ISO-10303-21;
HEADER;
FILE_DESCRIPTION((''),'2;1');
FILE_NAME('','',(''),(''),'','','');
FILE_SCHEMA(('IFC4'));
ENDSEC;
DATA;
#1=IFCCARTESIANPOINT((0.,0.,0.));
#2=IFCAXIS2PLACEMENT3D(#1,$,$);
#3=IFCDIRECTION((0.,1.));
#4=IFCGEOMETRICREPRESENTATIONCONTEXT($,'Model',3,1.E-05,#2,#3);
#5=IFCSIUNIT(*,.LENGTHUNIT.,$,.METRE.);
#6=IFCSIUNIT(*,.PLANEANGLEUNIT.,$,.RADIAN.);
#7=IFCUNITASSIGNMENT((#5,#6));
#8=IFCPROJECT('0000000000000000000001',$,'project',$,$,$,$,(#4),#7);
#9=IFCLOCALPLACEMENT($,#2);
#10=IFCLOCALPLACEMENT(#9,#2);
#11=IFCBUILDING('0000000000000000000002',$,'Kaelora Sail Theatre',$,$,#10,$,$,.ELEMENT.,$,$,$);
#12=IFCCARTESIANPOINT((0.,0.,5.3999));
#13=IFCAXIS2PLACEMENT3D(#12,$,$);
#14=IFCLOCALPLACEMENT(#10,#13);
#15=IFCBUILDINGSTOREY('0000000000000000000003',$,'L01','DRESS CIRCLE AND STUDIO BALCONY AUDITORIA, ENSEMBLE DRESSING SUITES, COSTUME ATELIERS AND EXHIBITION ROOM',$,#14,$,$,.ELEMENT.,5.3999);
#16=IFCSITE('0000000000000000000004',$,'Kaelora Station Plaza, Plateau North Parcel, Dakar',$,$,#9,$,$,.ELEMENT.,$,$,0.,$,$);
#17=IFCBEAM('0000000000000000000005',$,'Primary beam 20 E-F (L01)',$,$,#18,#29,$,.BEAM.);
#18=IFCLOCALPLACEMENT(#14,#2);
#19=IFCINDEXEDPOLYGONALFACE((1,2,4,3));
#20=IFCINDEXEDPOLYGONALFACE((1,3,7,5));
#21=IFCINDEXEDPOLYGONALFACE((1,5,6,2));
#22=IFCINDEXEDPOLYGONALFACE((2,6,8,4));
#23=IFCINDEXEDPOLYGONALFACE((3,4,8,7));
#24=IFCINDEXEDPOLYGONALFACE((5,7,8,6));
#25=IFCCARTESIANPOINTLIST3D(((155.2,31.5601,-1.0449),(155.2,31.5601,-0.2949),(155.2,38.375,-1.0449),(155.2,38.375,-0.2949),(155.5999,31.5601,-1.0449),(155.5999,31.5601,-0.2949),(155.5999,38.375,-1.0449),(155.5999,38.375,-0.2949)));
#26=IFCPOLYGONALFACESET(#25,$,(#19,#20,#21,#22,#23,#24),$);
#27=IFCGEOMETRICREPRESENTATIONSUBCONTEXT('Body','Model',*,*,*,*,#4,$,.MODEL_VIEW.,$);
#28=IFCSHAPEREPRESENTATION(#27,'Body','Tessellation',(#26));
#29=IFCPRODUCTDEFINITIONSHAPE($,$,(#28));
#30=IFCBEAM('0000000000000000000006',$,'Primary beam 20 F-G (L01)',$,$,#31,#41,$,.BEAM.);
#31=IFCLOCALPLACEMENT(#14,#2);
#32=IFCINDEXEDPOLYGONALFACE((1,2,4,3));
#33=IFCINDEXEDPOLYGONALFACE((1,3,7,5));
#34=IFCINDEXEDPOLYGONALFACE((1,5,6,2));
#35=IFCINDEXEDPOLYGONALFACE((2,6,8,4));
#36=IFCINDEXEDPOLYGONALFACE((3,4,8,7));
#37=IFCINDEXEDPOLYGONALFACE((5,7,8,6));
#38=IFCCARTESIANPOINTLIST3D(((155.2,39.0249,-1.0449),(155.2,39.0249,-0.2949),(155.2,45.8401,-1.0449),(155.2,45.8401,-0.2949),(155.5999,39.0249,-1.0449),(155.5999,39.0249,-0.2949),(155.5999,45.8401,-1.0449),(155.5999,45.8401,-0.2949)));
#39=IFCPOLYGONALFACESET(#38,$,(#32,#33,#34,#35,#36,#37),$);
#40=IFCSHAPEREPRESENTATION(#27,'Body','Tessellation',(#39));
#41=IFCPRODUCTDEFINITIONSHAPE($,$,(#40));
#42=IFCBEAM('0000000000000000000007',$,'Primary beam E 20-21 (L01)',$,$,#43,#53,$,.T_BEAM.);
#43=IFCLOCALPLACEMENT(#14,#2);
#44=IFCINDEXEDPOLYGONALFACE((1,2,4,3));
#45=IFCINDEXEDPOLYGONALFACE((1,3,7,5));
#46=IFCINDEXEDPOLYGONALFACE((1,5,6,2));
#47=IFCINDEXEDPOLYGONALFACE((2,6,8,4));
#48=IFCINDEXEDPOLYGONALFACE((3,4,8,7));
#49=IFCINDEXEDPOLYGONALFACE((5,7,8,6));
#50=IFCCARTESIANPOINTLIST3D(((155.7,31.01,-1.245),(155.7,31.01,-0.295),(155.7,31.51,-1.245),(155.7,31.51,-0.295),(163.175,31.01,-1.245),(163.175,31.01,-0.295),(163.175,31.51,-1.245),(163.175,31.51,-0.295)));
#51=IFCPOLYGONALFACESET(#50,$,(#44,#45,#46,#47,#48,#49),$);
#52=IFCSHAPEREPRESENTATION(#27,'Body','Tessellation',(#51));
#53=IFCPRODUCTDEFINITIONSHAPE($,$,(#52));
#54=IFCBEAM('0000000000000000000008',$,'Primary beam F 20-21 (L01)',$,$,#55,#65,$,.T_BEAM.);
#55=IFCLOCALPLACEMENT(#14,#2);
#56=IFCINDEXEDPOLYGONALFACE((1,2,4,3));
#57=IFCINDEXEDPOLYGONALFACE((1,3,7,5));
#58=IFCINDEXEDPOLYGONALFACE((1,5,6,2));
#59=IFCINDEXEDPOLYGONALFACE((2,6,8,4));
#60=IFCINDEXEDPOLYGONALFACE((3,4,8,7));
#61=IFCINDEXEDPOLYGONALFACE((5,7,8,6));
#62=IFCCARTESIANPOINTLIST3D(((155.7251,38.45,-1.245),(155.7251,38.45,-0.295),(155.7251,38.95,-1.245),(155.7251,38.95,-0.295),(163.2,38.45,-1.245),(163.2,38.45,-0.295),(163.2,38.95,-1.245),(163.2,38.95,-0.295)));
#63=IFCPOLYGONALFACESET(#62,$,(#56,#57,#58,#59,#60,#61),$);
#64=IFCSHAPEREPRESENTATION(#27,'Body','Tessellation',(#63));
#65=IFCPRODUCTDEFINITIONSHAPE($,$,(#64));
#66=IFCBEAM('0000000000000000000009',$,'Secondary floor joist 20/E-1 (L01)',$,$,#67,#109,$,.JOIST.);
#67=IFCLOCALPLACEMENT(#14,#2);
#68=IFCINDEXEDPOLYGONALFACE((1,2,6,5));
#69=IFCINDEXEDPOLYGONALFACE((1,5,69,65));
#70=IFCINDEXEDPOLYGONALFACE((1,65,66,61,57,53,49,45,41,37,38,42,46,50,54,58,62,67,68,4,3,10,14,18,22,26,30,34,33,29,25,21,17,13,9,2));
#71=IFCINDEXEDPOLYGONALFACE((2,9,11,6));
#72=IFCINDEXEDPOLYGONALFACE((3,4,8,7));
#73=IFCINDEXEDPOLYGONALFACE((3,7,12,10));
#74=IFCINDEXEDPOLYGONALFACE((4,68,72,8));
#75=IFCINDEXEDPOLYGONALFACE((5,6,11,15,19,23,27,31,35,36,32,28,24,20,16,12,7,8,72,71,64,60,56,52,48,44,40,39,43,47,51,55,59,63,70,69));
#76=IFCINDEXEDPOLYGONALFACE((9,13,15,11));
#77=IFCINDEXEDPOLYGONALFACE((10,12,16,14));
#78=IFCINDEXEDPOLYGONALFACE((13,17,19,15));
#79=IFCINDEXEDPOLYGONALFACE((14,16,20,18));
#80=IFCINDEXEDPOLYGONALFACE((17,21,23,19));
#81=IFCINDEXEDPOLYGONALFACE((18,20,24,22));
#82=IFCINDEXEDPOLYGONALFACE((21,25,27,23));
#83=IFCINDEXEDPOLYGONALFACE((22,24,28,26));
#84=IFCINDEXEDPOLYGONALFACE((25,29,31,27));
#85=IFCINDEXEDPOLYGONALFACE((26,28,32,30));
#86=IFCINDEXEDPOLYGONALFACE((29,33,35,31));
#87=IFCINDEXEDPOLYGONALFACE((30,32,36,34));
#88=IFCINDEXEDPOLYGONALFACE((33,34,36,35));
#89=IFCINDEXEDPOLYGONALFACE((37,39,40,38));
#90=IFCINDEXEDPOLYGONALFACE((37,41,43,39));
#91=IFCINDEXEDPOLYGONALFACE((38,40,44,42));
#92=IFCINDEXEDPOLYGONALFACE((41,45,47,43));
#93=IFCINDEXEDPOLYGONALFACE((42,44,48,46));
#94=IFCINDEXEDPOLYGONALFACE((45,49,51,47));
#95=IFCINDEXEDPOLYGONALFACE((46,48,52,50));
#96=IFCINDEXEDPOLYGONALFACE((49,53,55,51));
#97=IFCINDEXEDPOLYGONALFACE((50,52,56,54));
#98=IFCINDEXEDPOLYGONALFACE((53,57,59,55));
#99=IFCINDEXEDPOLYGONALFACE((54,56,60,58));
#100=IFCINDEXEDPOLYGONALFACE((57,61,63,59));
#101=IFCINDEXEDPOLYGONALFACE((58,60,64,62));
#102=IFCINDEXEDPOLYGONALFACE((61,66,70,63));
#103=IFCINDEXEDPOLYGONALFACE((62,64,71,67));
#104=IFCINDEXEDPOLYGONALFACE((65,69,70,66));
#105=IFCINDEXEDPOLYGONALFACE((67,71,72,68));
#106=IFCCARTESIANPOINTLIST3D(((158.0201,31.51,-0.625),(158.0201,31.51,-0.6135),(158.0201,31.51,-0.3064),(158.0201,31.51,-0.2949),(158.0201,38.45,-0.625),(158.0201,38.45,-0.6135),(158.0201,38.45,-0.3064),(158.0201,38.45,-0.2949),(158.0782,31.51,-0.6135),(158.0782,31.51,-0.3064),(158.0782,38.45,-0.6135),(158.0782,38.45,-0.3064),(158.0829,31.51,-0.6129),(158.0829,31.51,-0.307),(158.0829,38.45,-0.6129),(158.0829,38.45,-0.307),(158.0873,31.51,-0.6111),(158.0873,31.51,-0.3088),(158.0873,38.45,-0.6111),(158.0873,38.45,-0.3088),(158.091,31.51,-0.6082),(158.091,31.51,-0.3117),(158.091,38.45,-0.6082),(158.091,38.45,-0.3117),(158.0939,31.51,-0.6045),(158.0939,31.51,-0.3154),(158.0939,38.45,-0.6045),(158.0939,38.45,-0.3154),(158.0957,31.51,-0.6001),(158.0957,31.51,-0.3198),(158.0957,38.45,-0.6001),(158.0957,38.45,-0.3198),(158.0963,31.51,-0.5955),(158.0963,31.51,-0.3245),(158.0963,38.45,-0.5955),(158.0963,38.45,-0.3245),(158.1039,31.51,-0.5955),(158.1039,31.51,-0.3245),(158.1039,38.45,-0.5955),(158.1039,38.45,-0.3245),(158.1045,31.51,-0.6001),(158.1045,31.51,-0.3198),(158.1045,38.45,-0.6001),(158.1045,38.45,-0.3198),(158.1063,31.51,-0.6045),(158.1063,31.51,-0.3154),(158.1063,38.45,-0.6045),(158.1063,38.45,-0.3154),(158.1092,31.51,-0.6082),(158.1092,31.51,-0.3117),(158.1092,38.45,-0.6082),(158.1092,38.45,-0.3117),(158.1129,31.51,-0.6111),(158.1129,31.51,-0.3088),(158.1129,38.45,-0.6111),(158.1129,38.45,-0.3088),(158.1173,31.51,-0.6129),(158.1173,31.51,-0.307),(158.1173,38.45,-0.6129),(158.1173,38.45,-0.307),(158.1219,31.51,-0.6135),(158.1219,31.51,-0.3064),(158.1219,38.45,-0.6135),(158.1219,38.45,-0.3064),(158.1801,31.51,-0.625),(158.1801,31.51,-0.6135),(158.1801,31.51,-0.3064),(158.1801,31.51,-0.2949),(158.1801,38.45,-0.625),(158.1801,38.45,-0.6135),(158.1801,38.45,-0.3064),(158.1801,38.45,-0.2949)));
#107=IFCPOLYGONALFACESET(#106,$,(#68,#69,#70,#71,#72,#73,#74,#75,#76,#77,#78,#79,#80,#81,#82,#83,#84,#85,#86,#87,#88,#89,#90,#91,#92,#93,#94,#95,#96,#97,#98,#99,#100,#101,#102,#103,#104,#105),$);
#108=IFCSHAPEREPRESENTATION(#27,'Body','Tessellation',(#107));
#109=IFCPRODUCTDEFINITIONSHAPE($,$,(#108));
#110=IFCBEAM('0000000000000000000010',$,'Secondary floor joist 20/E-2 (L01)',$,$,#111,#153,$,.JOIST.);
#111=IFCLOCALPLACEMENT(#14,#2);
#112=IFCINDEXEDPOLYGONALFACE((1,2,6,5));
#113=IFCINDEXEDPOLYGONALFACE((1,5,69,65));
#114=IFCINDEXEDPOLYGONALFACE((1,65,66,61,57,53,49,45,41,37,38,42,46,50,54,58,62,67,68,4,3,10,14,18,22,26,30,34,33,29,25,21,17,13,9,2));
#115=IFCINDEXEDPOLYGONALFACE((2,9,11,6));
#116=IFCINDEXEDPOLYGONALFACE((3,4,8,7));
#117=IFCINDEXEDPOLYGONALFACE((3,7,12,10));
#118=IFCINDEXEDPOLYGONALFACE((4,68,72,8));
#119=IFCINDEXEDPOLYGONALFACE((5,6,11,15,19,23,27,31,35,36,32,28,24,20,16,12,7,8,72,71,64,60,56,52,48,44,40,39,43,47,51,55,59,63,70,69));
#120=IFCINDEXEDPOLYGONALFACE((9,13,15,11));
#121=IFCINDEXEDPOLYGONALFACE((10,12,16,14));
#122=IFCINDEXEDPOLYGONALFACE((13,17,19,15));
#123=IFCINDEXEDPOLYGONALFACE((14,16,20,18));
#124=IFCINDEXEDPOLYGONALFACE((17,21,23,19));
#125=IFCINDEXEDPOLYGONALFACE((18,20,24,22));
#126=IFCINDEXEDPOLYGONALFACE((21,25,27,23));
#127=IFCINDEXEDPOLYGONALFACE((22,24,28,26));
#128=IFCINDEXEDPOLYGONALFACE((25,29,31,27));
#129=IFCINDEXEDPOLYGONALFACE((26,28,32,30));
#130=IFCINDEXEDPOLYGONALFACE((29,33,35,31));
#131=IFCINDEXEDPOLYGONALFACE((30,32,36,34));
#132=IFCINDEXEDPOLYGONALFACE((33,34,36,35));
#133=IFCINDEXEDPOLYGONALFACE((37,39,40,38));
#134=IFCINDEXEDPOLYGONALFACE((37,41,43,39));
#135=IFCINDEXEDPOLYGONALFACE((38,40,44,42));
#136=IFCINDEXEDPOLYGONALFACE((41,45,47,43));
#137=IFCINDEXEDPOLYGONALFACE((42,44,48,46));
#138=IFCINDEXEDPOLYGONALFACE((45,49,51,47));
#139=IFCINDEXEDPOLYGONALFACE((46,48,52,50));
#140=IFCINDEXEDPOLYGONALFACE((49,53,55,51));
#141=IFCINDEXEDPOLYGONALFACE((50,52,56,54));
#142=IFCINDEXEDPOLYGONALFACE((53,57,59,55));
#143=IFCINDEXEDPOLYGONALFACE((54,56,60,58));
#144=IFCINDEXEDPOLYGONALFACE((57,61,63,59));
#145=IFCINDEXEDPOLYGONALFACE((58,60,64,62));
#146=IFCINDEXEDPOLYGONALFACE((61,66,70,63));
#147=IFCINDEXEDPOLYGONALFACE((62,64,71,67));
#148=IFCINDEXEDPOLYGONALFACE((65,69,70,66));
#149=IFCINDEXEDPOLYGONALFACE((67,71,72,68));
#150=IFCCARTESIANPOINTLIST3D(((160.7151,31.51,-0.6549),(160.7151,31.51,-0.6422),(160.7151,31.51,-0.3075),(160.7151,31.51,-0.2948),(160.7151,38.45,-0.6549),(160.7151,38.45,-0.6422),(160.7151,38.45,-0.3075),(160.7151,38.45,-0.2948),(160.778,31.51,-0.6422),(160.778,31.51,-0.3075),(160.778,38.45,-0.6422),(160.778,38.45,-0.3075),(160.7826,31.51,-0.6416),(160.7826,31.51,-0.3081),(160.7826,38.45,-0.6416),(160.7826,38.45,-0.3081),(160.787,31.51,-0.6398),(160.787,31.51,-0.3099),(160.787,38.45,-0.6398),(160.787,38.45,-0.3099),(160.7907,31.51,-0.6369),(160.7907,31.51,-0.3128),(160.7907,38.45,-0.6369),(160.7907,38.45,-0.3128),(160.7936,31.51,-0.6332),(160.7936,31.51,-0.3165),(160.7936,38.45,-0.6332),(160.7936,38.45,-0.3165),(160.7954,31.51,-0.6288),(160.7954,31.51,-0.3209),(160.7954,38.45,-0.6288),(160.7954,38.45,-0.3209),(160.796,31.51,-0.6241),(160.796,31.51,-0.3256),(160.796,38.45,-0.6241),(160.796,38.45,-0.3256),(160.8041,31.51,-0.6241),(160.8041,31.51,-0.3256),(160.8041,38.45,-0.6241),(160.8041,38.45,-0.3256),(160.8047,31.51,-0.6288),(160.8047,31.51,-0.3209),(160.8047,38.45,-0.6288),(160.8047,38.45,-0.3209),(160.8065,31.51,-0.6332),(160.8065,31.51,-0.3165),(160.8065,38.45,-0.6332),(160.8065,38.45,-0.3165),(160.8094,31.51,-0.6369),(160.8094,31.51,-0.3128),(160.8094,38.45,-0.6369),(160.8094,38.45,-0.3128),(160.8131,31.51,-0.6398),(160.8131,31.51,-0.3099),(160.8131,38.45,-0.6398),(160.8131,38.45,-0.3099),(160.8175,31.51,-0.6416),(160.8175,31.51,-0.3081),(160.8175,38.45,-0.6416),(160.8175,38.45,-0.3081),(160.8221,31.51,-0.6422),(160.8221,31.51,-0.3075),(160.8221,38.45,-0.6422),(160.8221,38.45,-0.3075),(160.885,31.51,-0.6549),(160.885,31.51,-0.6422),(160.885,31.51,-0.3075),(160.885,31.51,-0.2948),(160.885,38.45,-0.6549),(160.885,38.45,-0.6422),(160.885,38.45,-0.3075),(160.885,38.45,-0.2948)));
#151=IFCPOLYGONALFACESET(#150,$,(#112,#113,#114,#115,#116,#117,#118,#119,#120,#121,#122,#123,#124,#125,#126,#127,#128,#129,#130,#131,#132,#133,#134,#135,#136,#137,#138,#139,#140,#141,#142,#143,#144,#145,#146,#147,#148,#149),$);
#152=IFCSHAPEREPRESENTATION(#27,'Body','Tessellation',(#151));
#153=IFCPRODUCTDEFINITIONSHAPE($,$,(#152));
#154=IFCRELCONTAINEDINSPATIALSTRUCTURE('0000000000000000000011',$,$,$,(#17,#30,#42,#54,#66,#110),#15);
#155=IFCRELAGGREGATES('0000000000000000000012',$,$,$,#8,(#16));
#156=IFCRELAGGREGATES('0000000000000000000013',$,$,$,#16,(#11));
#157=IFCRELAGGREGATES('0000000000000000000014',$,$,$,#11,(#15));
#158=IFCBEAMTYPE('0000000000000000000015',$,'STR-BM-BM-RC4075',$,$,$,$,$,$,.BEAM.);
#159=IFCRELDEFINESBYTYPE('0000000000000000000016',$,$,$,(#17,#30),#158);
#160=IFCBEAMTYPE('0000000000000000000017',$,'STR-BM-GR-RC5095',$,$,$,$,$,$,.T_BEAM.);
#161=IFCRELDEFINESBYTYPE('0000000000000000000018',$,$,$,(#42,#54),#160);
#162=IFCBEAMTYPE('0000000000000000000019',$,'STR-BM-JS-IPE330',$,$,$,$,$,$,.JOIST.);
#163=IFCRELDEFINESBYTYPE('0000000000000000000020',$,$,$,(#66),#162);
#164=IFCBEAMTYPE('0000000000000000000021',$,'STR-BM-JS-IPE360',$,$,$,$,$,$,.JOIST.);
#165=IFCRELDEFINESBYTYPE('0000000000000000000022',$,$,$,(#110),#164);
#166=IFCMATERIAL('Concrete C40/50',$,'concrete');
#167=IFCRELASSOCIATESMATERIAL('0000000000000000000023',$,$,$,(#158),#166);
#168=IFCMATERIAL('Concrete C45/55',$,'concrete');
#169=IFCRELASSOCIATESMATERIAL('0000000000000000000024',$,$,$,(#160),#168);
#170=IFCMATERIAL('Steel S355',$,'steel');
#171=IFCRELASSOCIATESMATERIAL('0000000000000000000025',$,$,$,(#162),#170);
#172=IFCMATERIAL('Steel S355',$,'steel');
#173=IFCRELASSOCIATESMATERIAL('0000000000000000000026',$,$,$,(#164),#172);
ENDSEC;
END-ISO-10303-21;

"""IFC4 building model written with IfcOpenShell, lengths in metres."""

from ifc_helpers import new_model, si_unit, direction, frame, origin, origin_2d, place, context, subcontext, project, spatial, rectangle, i_section, extrude, material, material_profile, profile_set, type_object, element, save


model = new_model("IFC4")

# Units and contexts
model_context = context("Model", 3, precision=1e-05, world=origin(), true_north=direction((0.0, 1.0)))
body_context = subcontext(model_context, "Body", "Model", "MODEL_VIEW")
ifc_project = project(units=[si_unit("LENGTHUNIT", "METRE"), si_unit("PLANEANGLEUNIT", "RADIAN")], contexts=[model_context])

# Site, building, storey
site_placement = place(None, origin())
site = spatial("IfcSite", under=ifc_project, at=site_placement, Name="Kaelora Station Plaza, Plateau North Parcel, Dakar", CompositionType="ELEMENT", RefElevation=0.0)
building_placement = place(site_placement, origin())
building = spatial("IfcBuilding", under=site, at=building_placement, Name="Kaelora Sail Theatre", CompositionType="ELEMENT")
storey_placement = place(building_placement, frame((0.0, 0.0, 5.3999)))
storey = spatial("IfcBuildingStorey", under=building, at=storey_placement, Name="L01", Description="DRESS CIRCLE AND STUDIO BALCONY AUDITORIA, ENSEMBLE DRESSING SUITES, COSTUME ATELIERS AND EXHIBITION ROOM", CompositionType="ELEMENT", Elevation=5.3999)

# Beams
ifc_material_1 = material(Name="Concrete C40/50", Category="concrete")
ifc_material_profile_1 = material_profile(ifc_material_1, rectangle(XDim=0.3999, YDim=0.75, at=origin_2d()), Name="RC-BM 400x750")
ifc_profile_set_1 = profile_set([ifc_material_profile_1], Name="Concrete C40/50")
beam_type_1 = type_object("IfcBeamType", Name="STR-BM-BM-RC4075", PredefinedType="BEAM", material=ifc_profile_set_1)
beam_1_placement = place(storey_placement, frame((155.3999, 31.5601, -0.6699), z_axis=(0.0, 1.0, 0.0), x_axis=(-1.0, 0.0, 0.0)))
element("IfcBeam", 1, at=beam_1_placement, inside=storey, type_object=beam_type_1, Name="Primary beam 20 E-F (L01)", PredefinedType="BEAM", context=body_context, shape_type="SweptSolid", body=[
    extrude(rectangle(XDim=0.3999, YDim=0.75, at=origin_2d()), origin(), (0.0, 0.0, 1.0), 6.8149),
])
beam_2_placement = place(storey_placement, frame((155.3999, 39.0249, -0.6699), z_axis=(0.0, 1.0, 0.0), x_axis=(-1.0, 0.0, 0.0)))
element("IfcBeam", 2, at=beam_2_placement, inside=storey, type_object=beam_type_1, Name="Primary beam 20 F-G (L01)", PredefinedType="BEAM", context=body_context, shape_type="SweptSolid", body=[
    extrude(rectangle(XDim=0.3999, YDim=0.75, at=origin_2d()), origin(), (0.0, 0.0, 1.0), 6.8152),
])
ifc_material_2 = material(Name="Concrete C45/55", Category="concrete")
ifc_material_profile_2 = material_profile(ifc_material_2, rectangle(XDim=0.5, YDim=0.95, at=origin_2d()), Name="RC-GRD 500x950")
ifc_profile_set_2 = profile_set([ifc_material_profile_2], Name="Concrete C45/55")
beam_type_2 = type_object("IfcBeamType", Name="STR-BM-GR-RC5095", PredefinedType="T_BEAM", material=ifc_profile_set_2)
beam_3_placement = place(storey_placement, frame((155.7, 31.26, -0.77), z_axis=(1.0, 0.0, 0.0), x_axis=(0.0, 1.0, 0.0)))
element("IfcBeam", 3, at=beam_3_placement, inside=storey, type_object=beam_type_2, Name="Primary beam E 20-21 (L01)", PredefinedType="T_BEAM", context=body_context, shape_type="SweptSolid", body=[
    extrude(rectangle(XDim=0.5, YDim=0.95, at=origin_2d()), origin(), (0.0, 0.0, 1.0), 7.4751),
])
beam_4_placement = place(storey_placement, frame((155.7251, 38.7, -0.77), z_axis=(1.0, 0.0, 0.0), x_axis=(0.0, 1.0, 0.0)))
element("IfcBeam", 4, at=beam_4_placement, inside=storey, type_object=beam_type_2, Name="Primary beam F 20-21 (L01)", PredefinedType="T_BEAM", context=body_context, shape_type="SweptSolid", body=[
    extrude(rectangle(XDim=0.5, YDim=0.95, at=origin_2d()), origin(), (0.0, 0.0, 1.0), 7.4749),
])
ifc_material_3 = material(Name="Steel S355", Category="steel")
ifc_material_profile_3 = material_profile(ifc_material_3, i_section(OverallWidth=0.1599, OverallDepth=0.3301, WebThickness=0.0076, FlangeThickness=0.0115, FilletRadius=0.0181, at=origin_2d()), Name="IPE 330")
ifc_profile_set_3 = profile_set([ifc_material_profile_3], Name="Steel S355")
beam_type_3 = type_object("IfcBeamType", Name="STR-BM-JS-IPE330", PredefinedType="JOIST", material=ifc_profile_set_3)
beam_5_placement = place(storey_placement, frame((158.1001, 31.51, -0.46), z_axis=(0.0, 1.0, 0.0), x_axis=(-1.0, 0.0, 0.0)))
element("IfcBeam", 5, at=beam_5_placement, inside=storey, type_object=beam_type_3, Name="Secondary floor joist 20/E-1 (L01)", PredefinedType="JOIST", context=body_context, shape_type="SweptSolid", body=[
    extrude(i_section(OverallWidth=0.1599, OverallDepth=0.3301, WebThickness=0.0076, FlangeThickness=0.0115, FilletRadius=0.0181, at=origin_2d()), origin(), (0.0, 0.0, 1.0), 6.9399),
])
ifc_material_4 = material(Name="Steel S355", Category="steel")
ifc_material_profile_4 = material_profile(ifc_material_4, i_section(OverallWidth=0.1699, OverallDepth=0.3601, WebThickness=0.0081, FlangeThickness=0.0127, FilletRadius=0.0181, at=origin_2d()), Name="IPE 360")
ifc_profile_set_4 = profile_set([ifc_material_profile_4], Name="Steel S355")
beam_type_4 = type_object("IfcBeamType", Name="STR-BM-JS-IPE360", PredefinedType="JOIST", material=ifc_profile_set_4)
for number, where, z_axis, x_axis, name in (
    (6, (160.8, 31.51, -0.4749), (0.0, 1.0, 0.0), (-1.0, 0.0, 0.0), "Secondary floor joist 20/E-2 (L01)"),
):
    element("IfcBeam", number, at=place(storey_placement, frame(where, z_axis=z_axis, x_axis=x_axis)), inside=storey, type_object=beam_type_4, Name=name, PredefinedType="JOIST", context=body_context, shape_type="SweptSolid", body=[
        extrude(i_section(OverallWidth=0.1699, OverallDepth=0.3601, WebThickness=0.0081, FlangeThickness=0.0127, FilletRadius=0.0181, at=origin_2d()), origin(), (0.0, 0.0, 1.0), 6.9399),
    ])

save(model, "model.ifc")
